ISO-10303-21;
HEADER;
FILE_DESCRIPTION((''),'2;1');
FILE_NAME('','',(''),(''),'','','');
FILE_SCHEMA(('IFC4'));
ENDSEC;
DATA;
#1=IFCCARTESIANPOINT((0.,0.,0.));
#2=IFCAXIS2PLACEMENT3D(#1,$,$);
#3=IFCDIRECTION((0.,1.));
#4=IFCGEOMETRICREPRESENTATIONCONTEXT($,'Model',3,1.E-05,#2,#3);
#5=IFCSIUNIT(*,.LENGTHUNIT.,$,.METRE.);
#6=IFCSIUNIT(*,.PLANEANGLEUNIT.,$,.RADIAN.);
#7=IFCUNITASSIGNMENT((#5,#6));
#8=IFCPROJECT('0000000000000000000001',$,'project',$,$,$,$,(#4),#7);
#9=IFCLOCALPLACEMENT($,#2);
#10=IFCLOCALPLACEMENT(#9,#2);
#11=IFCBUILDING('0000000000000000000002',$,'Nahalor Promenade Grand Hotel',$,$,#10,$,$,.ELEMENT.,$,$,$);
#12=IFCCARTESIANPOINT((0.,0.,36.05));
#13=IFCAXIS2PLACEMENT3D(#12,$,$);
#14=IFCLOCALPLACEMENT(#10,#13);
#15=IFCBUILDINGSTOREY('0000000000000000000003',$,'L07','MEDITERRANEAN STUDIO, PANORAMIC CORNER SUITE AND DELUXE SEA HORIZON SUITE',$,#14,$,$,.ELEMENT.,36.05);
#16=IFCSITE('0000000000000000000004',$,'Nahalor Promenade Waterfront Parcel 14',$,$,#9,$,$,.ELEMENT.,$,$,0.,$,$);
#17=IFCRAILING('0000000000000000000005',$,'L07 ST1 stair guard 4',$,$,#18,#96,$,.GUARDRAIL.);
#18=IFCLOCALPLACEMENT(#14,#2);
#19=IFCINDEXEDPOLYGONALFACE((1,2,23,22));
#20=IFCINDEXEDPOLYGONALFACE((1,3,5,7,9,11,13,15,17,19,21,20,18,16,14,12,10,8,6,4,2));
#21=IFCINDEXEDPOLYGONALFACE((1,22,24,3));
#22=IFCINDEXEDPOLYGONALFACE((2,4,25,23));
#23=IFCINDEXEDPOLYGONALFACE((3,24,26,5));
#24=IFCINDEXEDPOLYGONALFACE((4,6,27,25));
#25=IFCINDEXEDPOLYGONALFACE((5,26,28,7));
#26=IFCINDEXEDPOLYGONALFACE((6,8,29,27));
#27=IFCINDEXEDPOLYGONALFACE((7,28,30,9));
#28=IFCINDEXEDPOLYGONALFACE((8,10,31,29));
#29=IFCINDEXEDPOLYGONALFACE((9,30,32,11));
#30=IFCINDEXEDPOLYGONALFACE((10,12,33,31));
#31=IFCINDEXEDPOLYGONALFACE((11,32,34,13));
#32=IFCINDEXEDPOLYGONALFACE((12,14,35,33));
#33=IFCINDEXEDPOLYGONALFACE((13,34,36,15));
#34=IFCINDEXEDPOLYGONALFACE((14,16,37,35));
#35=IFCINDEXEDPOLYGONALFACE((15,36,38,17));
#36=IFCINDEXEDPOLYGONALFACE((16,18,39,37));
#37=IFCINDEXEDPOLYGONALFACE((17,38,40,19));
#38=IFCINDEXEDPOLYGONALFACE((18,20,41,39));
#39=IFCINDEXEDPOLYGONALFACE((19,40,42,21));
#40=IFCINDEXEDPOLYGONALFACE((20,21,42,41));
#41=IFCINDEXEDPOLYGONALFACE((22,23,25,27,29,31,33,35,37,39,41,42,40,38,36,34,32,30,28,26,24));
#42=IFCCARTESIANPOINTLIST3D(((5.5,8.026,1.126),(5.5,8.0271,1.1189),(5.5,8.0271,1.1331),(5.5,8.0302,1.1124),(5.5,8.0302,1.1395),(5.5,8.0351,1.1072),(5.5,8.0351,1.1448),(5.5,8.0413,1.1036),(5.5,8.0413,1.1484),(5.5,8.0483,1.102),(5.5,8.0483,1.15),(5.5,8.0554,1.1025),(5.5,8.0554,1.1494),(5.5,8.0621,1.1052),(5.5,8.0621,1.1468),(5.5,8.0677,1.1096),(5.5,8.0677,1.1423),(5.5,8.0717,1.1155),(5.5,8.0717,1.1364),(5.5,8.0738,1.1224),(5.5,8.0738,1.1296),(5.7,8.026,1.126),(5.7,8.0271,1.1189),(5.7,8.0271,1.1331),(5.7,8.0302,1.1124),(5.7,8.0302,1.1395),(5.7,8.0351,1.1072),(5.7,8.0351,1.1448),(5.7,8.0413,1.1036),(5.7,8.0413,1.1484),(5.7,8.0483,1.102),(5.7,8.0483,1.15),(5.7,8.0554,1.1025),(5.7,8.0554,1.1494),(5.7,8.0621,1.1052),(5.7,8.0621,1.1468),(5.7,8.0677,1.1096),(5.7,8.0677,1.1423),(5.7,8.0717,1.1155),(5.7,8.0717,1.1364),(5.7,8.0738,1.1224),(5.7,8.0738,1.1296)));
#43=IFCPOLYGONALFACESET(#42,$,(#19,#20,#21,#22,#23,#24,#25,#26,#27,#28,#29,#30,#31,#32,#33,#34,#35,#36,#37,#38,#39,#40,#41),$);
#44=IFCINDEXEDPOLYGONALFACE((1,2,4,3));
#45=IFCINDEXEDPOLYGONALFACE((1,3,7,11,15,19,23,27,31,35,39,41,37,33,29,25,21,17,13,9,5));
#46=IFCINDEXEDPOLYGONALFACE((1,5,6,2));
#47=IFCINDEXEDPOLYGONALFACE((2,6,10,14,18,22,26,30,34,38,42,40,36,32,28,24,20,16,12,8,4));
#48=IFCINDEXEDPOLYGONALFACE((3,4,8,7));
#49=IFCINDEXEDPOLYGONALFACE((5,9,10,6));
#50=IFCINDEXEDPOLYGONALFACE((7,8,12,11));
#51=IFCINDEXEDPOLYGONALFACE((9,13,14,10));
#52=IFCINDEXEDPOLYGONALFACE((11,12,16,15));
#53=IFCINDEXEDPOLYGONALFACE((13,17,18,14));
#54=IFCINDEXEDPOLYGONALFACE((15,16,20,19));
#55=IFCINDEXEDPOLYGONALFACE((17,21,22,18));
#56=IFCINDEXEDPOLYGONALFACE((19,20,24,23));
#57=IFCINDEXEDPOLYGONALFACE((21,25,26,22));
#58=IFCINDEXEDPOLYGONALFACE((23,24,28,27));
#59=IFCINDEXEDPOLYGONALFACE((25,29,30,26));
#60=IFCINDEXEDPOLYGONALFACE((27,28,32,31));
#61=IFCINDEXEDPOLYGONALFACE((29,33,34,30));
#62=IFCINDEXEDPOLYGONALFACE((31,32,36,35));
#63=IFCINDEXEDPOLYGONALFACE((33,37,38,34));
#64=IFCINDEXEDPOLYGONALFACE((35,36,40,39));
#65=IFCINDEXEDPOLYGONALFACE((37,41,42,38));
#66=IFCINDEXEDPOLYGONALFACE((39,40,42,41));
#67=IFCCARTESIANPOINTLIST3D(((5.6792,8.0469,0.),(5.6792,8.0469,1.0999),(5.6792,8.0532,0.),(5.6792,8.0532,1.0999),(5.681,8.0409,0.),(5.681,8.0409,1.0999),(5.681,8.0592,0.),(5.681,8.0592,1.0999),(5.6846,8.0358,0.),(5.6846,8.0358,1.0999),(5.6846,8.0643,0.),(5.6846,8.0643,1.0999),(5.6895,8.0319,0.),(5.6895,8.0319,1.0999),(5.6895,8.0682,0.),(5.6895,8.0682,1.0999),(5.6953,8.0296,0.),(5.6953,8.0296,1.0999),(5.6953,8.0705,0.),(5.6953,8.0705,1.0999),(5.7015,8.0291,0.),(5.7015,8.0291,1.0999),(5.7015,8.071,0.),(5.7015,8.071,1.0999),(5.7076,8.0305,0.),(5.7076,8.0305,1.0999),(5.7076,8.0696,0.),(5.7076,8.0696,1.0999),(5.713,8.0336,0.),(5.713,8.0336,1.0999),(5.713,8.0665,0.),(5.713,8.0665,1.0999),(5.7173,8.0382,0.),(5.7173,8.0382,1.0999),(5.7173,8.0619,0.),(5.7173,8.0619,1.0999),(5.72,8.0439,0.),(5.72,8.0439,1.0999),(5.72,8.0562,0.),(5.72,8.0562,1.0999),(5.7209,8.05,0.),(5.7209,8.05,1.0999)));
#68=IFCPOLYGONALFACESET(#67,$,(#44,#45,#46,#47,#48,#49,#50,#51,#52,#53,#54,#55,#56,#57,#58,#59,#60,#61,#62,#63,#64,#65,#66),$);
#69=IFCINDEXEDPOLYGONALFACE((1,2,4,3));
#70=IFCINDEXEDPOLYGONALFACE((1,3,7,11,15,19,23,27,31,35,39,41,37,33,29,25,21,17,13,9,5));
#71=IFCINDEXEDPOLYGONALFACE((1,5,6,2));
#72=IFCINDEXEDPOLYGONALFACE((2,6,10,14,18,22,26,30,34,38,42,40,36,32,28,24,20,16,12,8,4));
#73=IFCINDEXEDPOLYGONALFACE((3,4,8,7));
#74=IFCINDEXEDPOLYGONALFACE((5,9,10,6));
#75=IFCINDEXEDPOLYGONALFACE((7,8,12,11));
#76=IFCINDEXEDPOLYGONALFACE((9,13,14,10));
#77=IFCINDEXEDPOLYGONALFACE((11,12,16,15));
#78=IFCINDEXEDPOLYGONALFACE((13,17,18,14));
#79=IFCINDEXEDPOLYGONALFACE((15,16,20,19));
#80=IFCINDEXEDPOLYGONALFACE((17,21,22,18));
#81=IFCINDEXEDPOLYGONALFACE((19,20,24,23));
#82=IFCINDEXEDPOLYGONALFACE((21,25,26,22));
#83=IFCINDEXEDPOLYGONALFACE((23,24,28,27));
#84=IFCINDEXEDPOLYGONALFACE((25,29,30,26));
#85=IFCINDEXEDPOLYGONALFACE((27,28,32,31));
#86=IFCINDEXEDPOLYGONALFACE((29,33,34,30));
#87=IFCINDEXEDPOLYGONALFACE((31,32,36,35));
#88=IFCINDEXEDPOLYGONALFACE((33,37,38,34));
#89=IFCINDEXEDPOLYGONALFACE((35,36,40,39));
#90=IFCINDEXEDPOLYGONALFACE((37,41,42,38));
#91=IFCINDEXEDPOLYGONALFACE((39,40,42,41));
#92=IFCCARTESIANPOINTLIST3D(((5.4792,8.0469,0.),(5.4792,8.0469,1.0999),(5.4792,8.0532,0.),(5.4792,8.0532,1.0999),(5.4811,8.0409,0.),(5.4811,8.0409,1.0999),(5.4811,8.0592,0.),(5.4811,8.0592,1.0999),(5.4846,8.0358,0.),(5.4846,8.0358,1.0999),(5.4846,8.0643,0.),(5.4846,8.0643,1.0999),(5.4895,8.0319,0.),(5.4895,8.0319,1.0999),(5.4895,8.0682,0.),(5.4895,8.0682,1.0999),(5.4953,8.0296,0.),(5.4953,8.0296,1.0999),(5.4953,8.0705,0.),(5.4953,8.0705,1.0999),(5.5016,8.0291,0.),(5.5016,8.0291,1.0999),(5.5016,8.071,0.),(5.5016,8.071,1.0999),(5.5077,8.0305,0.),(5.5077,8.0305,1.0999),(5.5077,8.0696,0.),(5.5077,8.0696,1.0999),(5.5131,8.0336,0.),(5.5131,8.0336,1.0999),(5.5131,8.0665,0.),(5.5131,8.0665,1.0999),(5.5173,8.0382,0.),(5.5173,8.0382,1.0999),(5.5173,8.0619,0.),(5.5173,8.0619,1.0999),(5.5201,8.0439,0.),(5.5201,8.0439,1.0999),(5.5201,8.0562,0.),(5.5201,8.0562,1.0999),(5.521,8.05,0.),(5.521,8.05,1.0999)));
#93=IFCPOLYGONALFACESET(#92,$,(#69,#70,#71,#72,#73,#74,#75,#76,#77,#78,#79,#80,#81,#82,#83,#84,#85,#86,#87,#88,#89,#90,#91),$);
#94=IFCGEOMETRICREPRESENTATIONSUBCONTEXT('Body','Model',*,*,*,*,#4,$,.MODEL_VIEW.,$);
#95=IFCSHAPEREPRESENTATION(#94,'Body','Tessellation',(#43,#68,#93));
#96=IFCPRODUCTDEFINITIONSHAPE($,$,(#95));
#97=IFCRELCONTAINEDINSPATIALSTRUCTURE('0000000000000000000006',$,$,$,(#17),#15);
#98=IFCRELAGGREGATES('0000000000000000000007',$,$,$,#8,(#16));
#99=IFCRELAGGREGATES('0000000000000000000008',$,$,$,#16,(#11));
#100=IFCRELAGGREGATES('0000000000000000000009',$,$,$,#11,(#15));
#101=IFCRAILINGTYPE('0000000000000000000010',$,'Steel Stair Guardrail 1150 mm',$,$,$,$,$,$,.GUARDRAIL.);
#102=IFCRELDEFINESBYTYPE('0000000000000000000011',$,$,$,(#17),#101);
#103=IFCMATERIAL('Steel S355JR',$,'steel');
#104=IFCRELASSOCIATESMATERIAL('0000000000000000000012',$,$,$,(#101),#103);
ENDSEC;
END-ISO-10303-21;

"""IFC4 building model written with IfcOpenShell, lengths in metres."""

from ifc_helpers import new_model, si_unit, direction, frame, origin, origin_2d, place, context, subcontext, project, spatial, circle, extrude, material, type_object, element, save


model = new_model("IFC4")

# Units and contexts
model_context = context("Model", 3, precision=1e-05, world=origin(), true_north=direction((0.0, 1.0)))
body_context = subcontext(model_context, "Body", "Model", "MODEL_VIEW")
ifc_project = project(units=[si_unit("LENGTHUNIT", "METRE"), si_unit("PLANEANGLEUNIT", "RADIAN")], contexts=[model_context])

# Site, building, storey
site_placement = place(None, origin())
site = spatial("IfcSite", under=ifc_project, at=site_placement, Name="Nahalor Promenade Waterfront Parcel 14", CompositionType="ELEMENT", RefElevation=0.0)
building_placement = place(site_placement, origin())
building = spatial("IfcBuilding", under=site, at=building_placement, Name="Nahalor Promenade Grand Hotel", CompositionType="ELEMENT")
storey_placement = place(building_placement, frame((0.0, 0.0, 36.05)))
storey = spatial("IfcBuildingStorey", under=building, at=storey_placement, Name="L07", Description="MEDITERRANEAN STUDIO, PANORAMIC CORNER SUITE AND DELUXE SEA HORIZON SUITE", CompositionType="ELEMENT", Elevation=36.05)

# Shared definitions
ifc_material_1 = material(Name="Steel S355JR", Category="steel")

# Railing
railing_type_1 = type_object("IfcRailingType", Name="Steel Stair Guardrail 1150 mm", PredefinedType="GUARDRAIL", material=ifc_material_1)
railing_1_placement = place(storey_placement, frame((5.7, 8.05, 0.0)))
element("IfcRailing", 1, at=railing_1_placement, inside=storey, type_object=railing_type_1, Name="L07 ST1 stair guard 4", PredefinedType="GUARDRAIL", context=body_context, shape_type="SweptSolid", body=[
    extrude(circle(Radius=0.024, at=origin_2d()), frame((0.0, 0.0, 1.126), z_axis=(-1.0, 0.0, 0.0), x_axis=(0.0, -1.0, 0.0)), (0.0, 0.0, 1.0), 0.2),
    extrude(circle(Radius=0.021, at=origin_2d()), origin(), (0.0, 0.0, 1.0), 1.0999),
    extrude(circle(Radius=0.021, at=origin_2d()), frame((-0.2, 0.0, 0.0)), (0.0, 0.0, 1.0), 1.0999),
])

save(model, "model.ifc")
